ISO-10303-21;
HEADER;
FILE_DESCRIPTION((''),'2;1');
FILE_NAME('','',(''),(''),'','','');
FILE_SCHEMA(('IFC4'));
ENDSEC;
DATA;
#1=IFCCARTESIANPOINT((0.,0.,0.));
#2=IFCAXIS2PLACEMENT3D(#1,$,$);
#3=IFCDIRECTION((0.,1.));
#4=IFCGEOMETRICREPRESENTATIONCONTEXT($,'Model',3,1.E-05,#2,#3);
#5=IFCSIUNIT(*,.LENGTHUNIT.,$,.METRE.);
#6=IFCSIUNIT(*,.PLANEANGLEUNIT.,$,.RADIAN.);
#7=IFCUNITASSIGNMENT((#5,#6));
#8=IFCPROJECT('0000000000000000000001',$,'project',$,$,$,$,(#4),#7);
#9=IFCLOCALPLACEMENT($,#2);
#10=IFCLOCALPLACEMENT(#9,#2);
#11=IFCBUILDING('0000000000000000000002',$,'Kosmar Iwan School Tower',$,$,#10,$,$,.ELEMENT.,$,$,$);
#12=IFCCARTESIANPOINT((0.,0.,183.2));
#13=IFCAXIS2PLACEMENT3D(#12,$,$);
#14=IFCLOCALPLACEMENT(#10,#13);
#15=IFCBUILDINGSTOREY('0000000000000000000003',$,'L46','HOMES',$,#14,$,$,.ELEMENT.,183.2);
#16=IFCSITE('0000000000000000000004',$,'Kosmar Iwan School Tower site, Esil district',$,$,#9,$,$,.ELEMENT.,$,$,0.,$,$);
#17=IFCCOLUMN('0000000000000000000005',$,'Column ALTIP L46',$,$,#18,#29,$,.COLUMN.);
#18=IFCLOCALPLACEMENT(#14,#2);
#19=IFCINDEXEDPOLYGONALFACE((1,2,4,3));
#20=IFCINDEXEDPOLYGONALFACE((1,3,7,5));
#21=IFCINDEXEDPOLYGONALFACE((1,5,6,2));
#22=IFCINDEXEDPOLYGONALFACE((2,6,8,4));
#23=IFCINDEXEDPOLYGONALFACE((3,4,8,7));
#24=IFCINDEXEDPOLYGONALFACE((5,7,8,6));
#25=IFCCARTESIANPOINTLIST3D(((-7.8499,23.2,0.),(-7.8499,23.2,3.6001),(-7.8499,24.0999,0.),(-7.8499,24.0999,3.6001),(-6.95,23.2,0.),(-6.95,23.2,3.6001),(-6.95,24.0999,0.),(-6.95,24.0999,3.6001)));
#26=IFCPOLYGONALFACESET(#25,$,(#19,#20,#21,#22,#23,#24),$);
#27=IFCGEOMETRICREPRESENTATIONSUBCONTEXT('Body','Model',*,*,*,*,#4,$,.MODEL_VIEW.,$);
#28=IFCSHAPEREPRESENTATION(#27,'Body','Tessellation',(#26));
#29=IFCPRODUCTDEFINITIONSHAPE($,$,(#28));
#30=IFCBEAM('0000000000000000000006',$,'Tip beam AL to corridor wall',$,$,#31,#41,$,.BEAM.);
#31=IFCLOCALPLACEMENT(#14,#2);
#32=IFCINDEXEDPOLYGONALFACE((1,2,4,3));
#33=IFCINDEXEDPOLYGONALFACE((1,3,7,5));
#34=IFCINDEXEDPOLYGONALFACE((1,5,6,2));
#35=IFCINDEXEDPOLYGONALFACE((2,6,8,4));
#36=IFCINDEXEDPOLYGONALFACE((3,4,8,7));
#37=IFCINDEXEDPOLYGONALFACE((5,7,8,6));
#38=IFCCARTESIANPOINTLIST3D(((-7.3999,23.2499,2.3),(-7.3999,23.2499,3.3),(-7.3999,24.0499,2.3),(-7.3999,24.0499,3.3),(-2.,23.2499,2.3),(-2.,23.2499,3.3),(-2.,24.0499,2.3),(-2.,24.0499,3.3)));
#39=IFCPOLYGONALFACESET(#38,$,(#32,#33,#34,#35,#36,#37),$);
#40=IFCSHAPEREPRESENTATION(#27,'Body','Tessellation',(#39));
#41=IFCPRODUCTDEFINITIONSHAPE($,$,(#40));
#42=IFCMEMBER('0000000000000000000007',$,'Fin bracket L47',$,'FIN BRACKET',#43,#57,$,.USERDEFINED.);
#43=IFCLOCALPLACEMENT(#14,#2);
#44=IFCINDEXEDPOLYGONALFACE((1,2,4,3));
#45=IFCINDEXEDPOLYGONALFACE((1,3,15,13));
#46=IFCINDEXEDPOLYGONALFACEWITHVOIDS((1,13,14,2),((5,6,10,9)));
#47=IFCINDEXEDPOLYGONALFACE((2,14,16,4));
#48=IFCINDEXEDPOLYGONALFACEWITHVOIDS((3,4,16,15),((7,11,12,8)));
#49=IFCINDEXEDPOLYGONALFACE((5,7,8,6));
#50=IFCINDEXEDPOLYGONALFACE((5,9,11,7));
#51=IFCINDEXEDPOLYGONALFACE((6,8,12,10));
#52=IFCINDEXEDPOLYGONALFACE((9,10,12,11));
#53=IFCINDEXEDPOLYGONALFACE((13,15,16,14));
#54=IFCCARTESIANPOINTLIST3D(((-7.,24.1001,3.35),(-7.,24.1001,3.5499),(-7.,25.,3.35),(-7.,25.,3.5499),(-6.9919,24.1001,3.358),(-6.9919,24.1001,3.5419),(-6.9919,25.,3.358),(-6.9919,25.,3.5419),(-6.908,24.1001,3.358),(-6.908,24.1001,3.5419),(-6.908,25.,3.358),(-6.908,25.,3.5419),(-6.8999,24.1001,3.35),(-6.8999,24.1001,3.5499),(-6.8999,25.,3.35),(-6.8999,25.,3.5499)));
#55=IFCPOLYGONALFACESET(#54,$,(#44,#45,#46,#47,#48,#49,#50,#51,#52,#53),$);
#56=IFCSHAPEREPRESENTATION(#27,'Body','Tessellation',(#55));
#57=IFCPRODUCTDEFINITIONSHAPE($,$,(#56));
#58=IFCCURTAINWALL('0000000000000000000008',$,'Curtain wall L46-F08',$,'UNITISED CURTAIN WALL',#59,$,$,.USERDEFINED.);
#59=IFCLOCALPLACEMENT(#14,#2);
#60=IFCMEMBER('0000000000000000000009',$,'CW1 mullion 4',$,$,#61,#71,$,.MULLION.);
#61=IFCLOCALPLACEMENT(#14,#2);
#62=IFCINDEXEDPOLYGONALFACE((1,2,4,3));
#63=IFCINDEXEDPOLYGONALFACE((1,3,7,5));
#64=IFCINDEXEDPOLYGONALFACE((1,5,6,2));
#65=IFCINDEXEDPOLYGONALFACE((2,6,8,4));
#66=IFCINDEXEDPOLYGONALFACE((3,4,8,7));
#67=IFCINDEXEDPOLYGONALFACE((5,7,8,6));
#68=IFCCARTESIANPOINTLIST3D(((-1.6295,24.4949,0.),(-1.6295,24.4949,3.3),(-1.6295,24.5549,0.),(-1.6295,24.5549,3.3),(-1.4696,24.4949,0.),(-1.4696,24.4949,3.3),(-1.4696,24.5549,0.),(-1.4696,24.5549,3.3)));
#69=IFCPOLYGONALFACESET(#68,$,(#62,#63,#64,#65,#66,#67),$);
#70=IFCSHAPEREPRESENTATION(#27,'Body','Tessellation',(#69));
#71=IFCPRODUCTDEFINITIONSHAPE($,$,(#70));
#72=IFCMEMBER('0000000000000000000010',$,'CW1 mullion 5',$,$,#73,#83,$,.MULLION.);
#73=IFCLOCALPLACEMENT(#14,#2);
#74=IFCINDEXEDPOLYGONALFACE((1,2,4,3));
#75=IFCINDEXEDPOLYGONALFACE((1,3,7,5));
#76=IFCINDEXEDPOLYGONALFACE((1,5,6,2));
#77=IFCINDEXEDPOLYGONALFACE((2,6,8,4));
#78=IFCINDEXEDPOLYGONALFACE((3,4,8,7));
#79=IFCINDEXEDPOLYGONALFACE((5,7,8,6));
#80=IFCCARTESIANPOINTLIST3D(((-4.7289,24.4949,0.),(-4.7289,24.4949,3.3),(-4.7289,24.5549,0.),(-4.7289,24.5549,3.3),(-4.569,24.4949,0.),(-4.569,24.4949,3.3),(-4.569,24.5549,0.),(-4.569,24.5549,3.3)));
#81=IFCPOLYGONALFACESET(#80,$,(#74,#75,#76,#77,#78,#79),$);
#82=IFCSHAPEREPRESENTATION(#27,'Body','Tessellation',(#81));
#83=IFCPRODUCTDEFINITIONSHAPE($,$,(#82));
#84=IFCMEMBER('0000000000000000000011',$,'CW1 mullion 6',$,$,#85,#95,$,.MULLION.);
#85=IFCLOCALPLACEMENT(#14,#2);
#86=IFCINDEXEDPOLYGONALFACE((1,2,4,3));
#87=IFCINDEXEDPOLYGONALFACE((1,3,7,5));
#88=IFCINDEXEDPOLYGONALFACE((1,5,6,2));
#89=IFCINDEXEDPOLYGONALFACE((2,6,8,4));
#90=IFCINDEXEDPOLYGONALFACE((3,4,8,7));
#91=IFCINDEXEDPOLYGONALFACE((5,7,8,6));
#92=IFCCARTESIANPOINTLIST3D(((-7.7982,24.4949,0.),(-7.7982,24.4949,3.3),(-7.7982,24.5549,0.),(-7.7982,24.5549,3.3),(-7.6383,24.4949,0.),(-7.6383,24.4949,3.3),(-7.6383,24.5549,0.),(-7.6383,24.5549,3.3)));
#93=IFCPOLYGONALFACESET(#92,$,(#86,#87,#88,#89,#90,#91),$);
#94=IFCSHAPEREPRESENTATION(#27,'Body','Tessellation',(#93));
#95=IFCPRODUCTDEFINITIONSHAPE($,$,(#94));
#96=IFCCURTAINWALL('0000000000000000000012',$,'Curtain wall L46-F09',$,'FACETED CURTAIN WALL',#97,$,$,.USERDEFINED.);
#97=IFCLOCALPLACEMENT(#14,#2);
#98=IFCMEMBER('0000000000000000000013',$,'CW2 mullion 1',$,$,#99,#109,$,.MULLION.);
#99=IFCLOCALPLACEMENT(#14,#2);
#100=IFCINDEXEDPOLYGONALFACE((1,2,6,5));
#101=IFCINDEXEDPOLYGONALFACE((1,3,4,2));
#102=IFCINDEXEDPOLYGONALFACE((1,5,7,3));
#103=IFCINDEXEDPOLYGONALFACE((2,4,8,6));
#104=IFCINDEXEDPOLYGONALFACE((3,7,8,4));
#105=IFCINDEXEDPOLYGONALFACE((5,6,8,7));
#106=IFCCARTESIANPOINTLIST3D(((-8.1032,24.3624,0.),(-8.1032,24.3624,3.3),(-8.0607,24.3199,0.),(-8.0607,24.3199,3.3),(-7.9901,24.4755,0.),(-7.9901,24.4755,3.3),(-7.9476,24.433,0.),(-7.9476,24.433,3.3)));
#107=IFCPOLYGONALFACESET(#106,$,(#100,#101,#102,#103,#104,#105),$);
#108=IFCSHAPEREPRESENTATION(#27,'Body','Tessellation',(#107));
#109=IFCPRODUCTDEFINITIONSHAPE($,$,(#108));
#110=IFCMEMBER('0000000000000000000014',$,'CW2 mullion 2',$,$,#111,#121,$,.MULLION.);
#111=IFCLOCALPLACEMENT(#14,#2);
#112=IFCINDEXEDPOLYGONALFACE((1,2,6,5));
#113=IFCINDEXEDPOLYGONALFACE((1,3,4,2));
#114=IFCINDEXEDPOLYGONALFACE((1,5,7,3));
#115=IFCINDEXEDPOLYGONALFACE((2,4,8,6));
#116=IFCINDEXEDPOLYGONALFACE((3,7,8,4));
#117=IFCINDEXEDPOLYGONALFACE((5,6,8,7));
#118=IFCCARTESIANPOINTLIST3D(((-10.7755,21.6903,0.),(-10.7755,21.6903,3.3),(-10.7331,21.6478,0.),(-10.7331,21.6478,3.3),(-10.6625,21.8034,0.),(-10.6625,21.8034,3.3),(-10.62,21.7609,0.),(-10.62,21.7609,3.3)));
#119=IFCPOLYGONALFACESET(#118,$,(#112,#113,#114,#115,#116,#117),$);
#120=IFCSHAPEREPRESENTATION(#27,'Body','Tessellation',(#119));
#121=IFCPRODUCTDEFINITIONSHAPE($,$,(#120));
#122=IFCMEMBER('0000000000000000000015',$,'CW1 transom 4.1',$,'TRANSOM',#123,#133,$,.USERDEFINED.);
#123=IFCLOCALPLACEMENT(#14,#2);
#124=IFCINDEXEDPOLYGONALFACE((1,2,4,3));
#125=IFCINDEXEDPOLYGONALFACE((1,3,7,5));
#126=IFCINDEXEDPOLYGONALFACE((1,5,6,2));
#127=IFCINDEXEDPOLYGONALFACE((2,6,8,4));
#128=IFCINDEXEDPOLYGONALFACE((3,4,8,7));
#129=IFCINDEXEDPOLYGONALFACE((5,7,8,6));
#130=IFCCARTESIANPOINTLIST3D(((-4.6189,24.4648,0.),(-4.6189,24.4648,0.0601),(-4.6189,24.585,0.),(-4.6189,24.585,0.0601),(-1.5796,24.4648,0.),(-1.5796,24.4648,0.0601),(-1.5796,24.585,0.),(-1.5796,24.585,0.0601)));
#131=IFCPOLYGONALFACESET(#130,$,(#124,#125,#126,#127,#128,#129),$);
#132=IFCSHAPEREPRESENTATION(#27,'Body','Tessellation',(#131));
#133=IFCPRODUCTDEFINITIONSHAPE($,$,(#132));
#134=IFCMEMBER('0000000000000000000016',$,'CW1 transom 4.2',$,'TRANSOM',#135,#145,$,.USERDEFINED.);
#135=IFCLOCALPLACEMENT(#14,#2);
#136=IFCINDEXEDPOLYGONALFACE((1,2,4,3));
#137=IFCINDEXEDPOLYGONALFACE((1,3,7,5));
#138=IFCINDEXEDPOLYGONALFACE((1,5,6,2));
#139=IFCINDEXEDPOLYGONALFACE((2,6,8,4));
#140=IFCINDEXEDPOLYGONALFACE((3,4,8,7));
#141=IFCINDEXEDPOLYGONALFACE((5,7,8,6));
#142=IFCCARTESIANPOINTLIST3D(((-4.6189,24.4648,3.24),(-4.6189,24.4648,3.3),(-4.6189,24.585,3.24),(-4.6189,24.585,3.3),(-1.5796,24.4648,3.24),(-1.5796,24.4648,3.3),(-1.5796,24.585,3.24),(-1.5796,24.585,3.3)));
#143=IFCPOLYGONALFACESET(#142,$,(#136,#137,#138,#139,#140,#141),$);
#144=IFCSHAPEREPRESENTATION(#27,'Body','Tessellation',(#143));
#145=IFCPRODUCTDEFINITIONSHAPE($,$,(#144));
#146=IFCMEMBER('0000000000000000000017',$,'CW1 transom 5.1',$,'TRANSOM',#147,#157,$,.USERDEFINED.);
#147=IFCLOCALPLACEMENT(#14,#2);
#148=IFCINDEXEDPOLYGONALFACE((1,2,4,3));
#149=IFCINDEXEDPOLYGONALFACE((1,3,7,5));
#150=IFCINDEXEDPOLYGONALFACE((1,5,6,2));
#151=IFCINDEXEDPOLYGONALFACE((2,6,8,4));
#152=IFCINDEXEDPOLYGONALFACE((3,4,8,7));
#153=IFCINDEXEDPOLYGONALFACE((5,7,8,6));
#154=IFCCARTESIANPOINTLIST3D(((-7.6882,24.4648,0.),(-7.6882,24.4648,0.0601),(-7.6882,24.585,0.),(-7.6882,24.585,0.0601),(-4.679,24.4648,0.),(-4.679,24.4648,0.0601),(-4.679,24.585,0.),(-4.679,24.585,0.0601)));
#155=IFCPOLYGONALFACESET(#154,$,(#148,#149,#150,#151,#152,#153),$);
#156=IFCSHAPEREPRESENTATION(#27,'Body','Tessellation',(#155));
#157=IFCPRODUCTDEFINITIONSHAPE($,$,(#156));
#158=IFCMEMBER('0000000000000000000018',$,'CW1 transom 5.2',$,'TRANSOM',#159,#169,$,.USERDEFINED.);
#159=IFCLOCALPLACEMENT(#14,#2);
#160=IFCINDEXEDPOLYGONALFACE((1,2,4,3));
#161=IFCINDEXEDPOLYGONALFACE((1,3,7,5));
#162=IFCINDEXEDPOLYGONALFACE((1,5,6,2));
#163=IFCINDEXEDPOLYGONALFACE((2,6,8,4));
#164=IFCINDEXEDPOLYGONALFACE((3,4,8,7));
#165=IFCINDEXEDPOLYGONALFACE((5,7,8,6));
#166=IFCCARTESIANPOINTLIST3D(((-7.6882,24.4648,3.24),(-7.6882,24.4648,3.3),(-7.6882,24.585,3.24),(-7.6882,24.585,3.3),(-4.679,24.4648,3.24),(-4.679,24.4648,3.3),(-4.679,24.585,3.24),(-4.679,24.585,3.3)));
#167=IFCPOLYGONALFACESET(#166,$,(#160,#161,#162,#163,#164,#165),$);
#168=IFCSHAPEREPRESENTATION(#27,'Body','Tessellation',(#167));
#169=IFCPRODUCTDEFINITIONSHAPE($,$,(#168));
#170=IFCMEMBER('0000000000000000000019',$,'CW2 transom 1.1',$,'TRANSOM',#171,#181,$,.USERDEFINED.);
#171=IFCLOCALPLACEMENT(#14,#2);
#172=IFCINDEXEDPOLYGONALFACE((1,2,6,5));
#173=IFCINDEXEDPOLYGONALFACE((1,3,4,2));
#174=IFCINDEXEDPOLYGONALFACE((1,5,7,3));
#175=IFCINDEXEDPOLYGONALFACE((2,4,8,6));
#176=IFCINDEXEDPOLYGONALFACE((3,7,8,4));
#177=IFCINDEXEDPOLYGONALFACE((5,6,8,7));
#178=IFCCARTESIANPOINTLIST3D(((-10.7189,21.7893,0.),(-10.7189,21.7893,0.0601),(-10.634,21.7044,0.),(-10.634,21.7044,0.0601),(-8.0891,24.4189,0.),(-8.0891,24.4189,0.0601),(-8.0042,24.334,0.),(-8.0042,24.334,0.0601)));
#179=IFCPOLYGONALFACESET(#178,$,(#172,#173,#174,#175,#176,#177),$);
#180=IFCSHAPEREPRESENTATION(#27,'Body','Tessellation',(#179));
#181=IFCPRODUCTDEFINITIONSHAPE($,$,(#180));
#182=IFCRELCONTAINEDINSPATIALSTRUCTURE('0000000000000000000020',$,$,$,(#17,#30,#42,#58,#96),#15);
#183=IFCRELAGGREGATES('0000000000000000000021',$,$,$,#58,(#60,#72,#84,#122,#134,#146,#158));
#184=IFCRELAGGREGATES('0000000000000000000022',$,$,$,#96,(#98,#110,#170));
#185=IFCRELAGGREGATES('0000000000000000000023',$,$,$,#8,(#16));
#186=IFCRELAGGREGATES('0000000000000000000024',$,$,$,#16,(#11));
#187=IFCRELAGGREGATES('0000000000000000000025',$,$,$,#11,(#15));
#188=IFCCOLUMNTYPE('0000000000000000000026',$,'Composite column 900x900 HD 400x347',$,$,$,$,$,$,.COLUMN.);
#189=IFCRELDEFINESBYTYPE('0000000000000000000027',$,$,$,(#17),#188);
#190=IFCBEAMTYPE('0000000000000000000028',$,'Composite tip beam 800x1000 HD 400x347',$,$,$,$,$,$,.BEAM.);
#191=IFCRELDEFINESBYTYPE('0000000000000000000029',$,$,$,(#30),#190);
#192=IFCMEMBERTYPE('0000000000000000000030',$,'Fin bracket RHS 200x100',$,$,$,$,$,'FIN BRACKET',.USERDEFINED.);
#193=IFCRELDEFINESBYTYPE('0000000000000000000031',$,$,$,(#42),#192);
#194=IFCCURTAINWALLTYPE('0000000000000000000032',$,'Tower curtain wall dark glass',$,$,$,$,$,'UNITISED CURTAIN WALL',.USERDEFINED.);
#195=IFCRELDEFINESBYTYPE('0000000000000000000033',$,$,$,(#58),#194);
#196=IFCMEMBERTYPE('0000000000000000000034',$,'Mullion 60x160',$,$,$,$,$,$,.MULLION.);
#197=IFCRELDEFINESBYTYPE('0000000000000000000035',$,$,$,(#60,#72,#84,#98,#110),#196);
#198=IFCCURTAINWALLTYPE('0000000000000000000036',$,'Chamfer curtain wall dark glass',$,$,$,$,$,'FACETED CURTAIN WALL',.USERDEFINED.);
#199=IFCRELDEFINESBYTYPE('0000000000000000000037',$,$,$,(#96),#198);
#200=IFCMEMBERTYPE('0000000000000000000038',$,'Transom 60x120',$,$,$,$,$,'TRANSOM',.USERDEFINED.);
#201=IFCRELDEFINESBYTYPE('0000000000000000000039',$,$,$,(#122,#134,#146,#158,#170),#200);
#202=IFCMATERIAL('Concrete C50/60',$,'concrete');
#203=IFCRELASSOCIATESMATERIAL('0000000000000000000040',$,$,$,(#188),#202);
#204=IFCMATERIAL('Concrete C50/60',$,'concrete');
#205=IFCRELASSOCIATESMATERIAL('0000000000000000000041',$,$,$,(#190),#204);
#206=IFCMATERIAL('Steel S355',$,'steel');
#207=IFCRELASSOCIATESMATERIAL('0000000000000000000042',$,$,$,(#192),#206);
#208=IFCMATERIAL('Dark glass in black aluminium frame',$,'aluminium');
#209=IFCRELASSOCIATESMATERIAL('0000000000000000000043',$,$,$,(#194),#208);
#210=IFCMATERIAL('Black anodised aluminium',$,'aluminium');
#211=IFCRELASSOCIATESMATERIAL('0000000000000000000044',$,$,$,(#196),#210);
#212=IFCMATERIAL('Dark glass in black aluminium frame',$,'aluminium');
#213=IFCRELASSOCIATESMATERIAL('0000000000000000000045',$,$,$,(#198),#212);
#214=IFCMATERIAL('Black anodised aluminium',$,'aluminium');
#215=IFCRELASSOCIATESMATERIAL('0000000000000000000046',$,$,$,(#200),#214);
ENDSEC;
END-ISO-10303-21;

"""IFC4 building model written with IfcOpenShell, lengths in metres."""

from ifc_helpers import new_model, si_unit, direction, frame, origin, origin_2d, place, context, subcontext, project, spatial, rectangle, hollow_rectangle, extrude, material, material_profile, profile_set, type_object, element, aggregate, save


model = new_model("IFC4")

# Units and contexts
model_context = context("Model", 3, precision=1e-05, world=origin(), true_north=direction((0.0, 1.0)))
body_context = subcontext(model_context, "Body", "Model", "MODEL_VIEW")
ifc_project = project(units=[si_unit("LENGTHUNIT", "METRE"), si_unit("PLANEANGLEUNIT", "RADIAN")], contexts=[model_context])

# Site, building, storey
site_placement = place(None, origin())
site = spatial("IfcSite", under=ifc_project, at=site_placement, Name="Kosmar Iwan School Tower site, Esil district", CompositionType="ELEMENT", RefElevation=0.0)
building_placement = place(site_placement, origin())
building = spatial("IfcBuilding", under=site, at=building_placement, Name="Kosmar Iwan School Tower", CompositionType="ELEMENT")
storey_placement = place(building_placement, frame((0.0, 0.0, 183.2)))
storey = spatial("IfcBuildingStorey", under=building, at=storey_placement, Name="L46", Description="HOMES", CompositionType="ELEMENT", Elevation=183.2)

# Column
ifc_material_1 = material(Name="Concrete C50/60", Category="concrete")
ifc_material_profile_1 = material_profile(ifc_material_1, rectangle(XDim=0.8999, YDim=0.8999, at=origin_2d()), Name="RC 900x900 + HD 400x347")
ifc_profile_set_1 = profile_set([ifc_material_profile_1], Name="Concrete C50/60")
column_type = type_object("IfcColumnType", Name="Composite column 900x900 HD 400x347", PredefinedType="COLUMN", material=ifc_profile_set_1)
column_placement = place(storey_placement, frame((-7.3999, 23.6499, 0.0), z_axis=(0.0, 0.0, 1.0), x_axis=(0.0, 1.0, 0.0)))
element("IfcColumn", 1, at=column_placement, inside=storey, type_object=column_type, Name="Column ALTIP L46", PredefinedType="COLUMN", context=body_context, shape_type="SweptSolid", body=[
    extrude(rectangle(XDim=0.8999, YDim=0.8999, at=origin_2d()), origin(), (0.0, 0.0, 1.0), 3.6001),
])

# Beam
ifc_material_2 = material(Name="Concrete C50/60", Category="concrete")
ifc_material_profile_2 = material_profile(ifc_material_2, rectangle(XDim=0.8, YDim=1.0, at=origin_2d()), Name="RC 800x1000 + HD 400x347")
ifc_profile_set_2 = profile_set([ifc_material_profile_2], Name="Concrete C50/60")
beam_type = type_object("IfcBeamType", Name="Composite tip beam 800x1000 HD 400x347", PredefinedType="BEAM", material=ifc_profile_set_2)
beam_placement = place(storey_placement, frame((-7.3999, 23.6499, 2.8), z_axis=(1.0, 0.0, 0.0), x_axis=(0.0, 1.0, 0.0)))
element("IfcBeam", 2, at=beam_placement, inside=storey, type_object=beam_type, Name="Tip beam AL to corridor wall", PredefinedType="BEAM", context=body_context, shape_type="SweptSolid", body=[
    extrude(rectangle(XDim=0.8, YDim=1.0, at=origin_2d()), origin(), (0.0, 0.0, 1.0), 5.3999),
])

# Member
ifc_material_3 = material(Name="Steel S355", Category="steel")
ifc_material_profile_3 = material_profile(ifc_material_3, hollow_rectangle(XDim=0.1001, YDim=0.2, WallThickness=0.0081, at=origin_2d()), Name="RHS 200x100x8")
ifc_profile_set_3 = profile_set([ifc_material_profile_3], Name="Steel S355")
member_type_1 = type_object("IfcMemberType", Name="Fin bracket RHS 200x100", ElementType="FIN BRACKET", PredefinedType="USERDEFINED", material=ifc_profile_set_3)
member_1_placement = place(storey_placement, frame((-6.95, 24.1001, 3.45), z_axis=(0.0, 1.0, 0.0), x_axis=(-1.0, 0.0, 0.0)))
element("IfcMember", 3, at=member_1_placement, inside=storey, type_object=member_type_1, Name="Fin bracket L47", ObjectType="FIN BRACKET", PredefinedType="USERDEFINED", context=body_context, shape_type="SweptSolid", body=[
    extrude(hollow_rectangle(XDim=0.1001, YDim=0.2, WallThickness=0.0081, at=origin_2d()), origin(), (0.0, 0.0, 1.0), 0.8999),
])

# Curtain walls, members
ifc_material_4 = material(Name="Dark glass in black aluminium frame", Category="aluminium")
curtain_wall_type_1 = type_object("IfcCurtainWallType", Name="Tower curtain wall dark glass", ElementType="UNITISED CURTAIN WALL", PredefinedType="USERDEFINED", material=ifc_material_4)
curtain_wall_1_placement = place(storey_placement, origin())
curtain_wall_1 = element("IfcCurtainWall", 4, at=curtain_wall_1_placement, inside=storey, type_object=curtain_wall_type_1, Name="Curtain wall L46-F08", ObjectType="UNITISED CURTAIN WALL", PredefinedType="USERDEFINED")
ifc_material_5 = material(Name="Black anodised aluminium", Category="aluminium")
ifc_material_profile_4 = material_profile(ifc_material_5, rectangle(XDim=0.0601, YDim=0.1599, at=origin_2d()), Name="MULLION 60x160")
ifc_profile_set_4 = profile_set([ifc_material_profile_4], Name="Black anodised aluminium")
member_type_2 = type_object("IfcMemberType", Name="Mullion 60x160", PredefinedType="MULLION", material=ifc_profile_set_4)
member_2_placement = place(storey_placement, frame((-1.5496, 24.5249, 0.0), z_axis=(0.0, 0.0, 1.0), x_axis=(0.0, -1.0, 0.0)))
member_2 = element("IfcMember", 5, at=member_2_placement, type_object=member_type_2, Name="CW1 mullion 4", PredefinedType="MULLION", context=body_context, shape_type="SweptSolid", body=[
    extrude(rectangle(XDim=0.0601, YDim=0.1599, at=origin_2d()), origin(), (0.0, 0.0, 1.0), 3.3),
])
member_3_placement = place(storey_placement, frame((-4.6489, 24.5249, 0.0), z_axis=(0.0, 0.0, 1.0), x_axis=(0.0, -1.0, 0.0)))
member_3 = element("IfcMember", 6, at=member_3_placement, type_object=member_type_2, Name="CW1 mullion 5", PredefinedType="MULLION", context=body_context, shape_type="SweptSolid", body=[
    extrude(rectangle(XDim=0.0601, YDim=0.1599, at=origin_2d()), origin(), (0.0, 0.0, 1.0), 3.3),
])
member_4_placement = place(storey_placement, frame((-7.7183, 24.5249, 0.0), z_axis=(0.0, 0.0, 1.0), x_axis=(0.0, -1.0, 0.0)))
member_4 = element("IfcMember", 7, at=member_4_placement, type_object=member_type_2, Name="CW1 mullion 6", PredefinedType="MULLION", context=body_context, shape_type="SweptSolid", body=[
    extrude(rectangle(XDim=0.0601, YDim=0.1599, at=origin_2d()), origin(), (0.0, 0.0, 1.0), 3.3),
])
ifc_material_6 = material(Name="Dark glass in black aluminium frame", Category="aluminium")
curtain_wall_type_2 = type_object("IfcCurtainWallType", Name="Chamfer curtain wall dark glass", ElementType="FACETED CURTAIN WALL", PredefinedType="USERDEFINED", material=ifc_material_6)
curtain_wall_2_placement = place(storey_placement, origin())
curtain_wall_2 = element("IfcCurtainWall", 8, at=curtain_wall_2_placement, inside=storey, type_object=curtain_wall_type_2, Name="Curtain wall L46-F09", ObjectType="FACETED CURTAIN WALL", PredefinedType="USERDEFINED")
member_5_placement = place(storey_placement, frame((-8.0254, 24.3977, 0.0), z_axis=(0.0, 0.0, 1.0), x_axis=(0.707107, -0.707107, 0.0)))
member_5 = element("IfcMember", 9, at=member_5_placement, type_object=member_type_2, Name="CW2 mullion 1", PredefinedType="MULLION", context=body_context, shape_type="SweptSolid", body=[
    extrude(rectangle(XDim=0.0601, YDim=0.1599, at=origin_2d()), origin(), (0.0, 0.0, 1.0), 3.3),
])
member_6_placement = place(storey_placement, frame((-10.6978, 21.7256, 0.0), z_axis=(0.0, 0.0, 1.0), x_axis=(0.707107, -0.707107, 0.0)))
member_6 = element("IfcMember", 10, at=member_6_placement, type_object=member_type_2, Name="CW2 mullion 2", PredefinedType="MULLION", context=body_context, shape_type="SweptSolid", body=[
    extrude(rectangle(XDim=0.0601, YDim=0.1599, at=origin_2d()), origin(), (0.0, 0.0, 1.0), 3.3),
])

# Members
ifc_material_7 = material(Name="Black anodised aluminium", Category="aluminium")
ifc_material_profile_5 = material_profile(ifc_material_7, rectangle(XDim=0.1201, YDim=0.0601, at=origin_2d()), Name="TRANSOM 60x120")
ifc_profile_set_5 = profile_set([ifc_material_profile_5], Name="Black anodised aluminium")
member_type_3 = type_object("IfcMemberType", Name="Transom 60x120", ElementType="TRANSOM", PredefinedType="USERDEFINED", material=ifc_profile_set_5)
member_7_placement = place(storey_placement, frame((-1.5796, 24.5249, 0.03), z_axis=(-1.0, 0.0, 0.0), x_axis=(0.0, -1.0, 0.0)))
member_7 = element("IfcMember", 11, at=member_7_placement, type_object=member_type_3, Name="CW1 transom 4.1", ObjectType="TRANSOM", PredefinedType="USERDEFINED", context=body_context, shape_type="SweptSolid", body=[
    extrude(rectangle(XDim=0.1201, YDim=0.0601, at=origin_2d()), origin(), (0.0, 0.0, 1.0), 3.0393),
])
member_8_placement = place(storey_placement, frame((-1.5796, 24.5249, 3.27), z_axis=(-1.0, 0.0, 0.0), x_axis=(0.0, -1.0, 0.0)))
member_8 = element("IfcMember", 12, at=member_8_placement, type_object=member_type_3, Name="CW1 transom 4.2", ObjectType="TRANSOM", PredefinedType="USERDEFINED", context=body_context, shape_type="SweptSolid", body=[
    extrude(rectangle(XDim=0.1201, YDim=0.0601, at=origin_2d()), origin(), (0.0, 0.0, 1.0), 3.0393),
])
member_9_placement = place(storey_placement, frame((-4.679, 24.5249, 0.03), z_axis=(-1.0, 0.0, 0.0), x_axis=(0.0, -1.0, 0.0)))
member_9 = element("IfcMember", 13, at=member_9_placement, type_object=member_type_3, Name="CW1 transom 5.1", ObjectType="TRANSOM", PredefinedType="USERDEFINED", context=body_context, shape_type="SweptSolid", body=[
    extrude(rectangle(XDim=0.1201, YDim=0.0601, at=origin_2d()), origin(), (0.0, 0.0, 1.0), 3.0093),
])
member_10_placement = place(storey_placement, frame((-4.679, 24.5249, 3.27), z_axis=(-1.0, 0.0, 0.0), x_axis=(0.0, -1.0, 0.0)))
member_10 = element("IfcMember", 14, at=member_10_placement, type_object=member_type_3, Name="CW1 transom 5.2", ObjectType="TRANSOM", PredefinedType="USERDEFINED", context=body_context, shape_type="SweptSolid", body=[
    extrude(rectangle(XDim=0.1201, YDim=0.0601, at=origin_2d()), origin(), (0.0, 0.0, 1.0), 3.0093),
])
member_11_placement = place(storey_placement, frame((-8.0466, 24.3765, 0.03), z_axis=(-0.70714, -0.707074, 0.0), x_axis=(0.707074, -0.70714, 0.0)))
member_11 = element("IfcMember", 15, at=member_11_placement, type_object=member_type_3, Name="CW2 transom 1.1", ObjectType="TRANSOM", PredefinedType="USERDEFINED", context=body_context, shape_type="SweptSolid", body=[
    extrude(rectangle(XDim=0.1201, YDim=0.0601, at=origin_2d()), origin(), (0.0, 0.0, 1.0), 3.719),
])

aggregate(curtain_wall_1, [member_2, member_3, member_4, member_7, member_8, member_9, member_10])
aggregate(curtain_wall_2, [member_5, member_6, member_11])

save(model, "model.ifc")
